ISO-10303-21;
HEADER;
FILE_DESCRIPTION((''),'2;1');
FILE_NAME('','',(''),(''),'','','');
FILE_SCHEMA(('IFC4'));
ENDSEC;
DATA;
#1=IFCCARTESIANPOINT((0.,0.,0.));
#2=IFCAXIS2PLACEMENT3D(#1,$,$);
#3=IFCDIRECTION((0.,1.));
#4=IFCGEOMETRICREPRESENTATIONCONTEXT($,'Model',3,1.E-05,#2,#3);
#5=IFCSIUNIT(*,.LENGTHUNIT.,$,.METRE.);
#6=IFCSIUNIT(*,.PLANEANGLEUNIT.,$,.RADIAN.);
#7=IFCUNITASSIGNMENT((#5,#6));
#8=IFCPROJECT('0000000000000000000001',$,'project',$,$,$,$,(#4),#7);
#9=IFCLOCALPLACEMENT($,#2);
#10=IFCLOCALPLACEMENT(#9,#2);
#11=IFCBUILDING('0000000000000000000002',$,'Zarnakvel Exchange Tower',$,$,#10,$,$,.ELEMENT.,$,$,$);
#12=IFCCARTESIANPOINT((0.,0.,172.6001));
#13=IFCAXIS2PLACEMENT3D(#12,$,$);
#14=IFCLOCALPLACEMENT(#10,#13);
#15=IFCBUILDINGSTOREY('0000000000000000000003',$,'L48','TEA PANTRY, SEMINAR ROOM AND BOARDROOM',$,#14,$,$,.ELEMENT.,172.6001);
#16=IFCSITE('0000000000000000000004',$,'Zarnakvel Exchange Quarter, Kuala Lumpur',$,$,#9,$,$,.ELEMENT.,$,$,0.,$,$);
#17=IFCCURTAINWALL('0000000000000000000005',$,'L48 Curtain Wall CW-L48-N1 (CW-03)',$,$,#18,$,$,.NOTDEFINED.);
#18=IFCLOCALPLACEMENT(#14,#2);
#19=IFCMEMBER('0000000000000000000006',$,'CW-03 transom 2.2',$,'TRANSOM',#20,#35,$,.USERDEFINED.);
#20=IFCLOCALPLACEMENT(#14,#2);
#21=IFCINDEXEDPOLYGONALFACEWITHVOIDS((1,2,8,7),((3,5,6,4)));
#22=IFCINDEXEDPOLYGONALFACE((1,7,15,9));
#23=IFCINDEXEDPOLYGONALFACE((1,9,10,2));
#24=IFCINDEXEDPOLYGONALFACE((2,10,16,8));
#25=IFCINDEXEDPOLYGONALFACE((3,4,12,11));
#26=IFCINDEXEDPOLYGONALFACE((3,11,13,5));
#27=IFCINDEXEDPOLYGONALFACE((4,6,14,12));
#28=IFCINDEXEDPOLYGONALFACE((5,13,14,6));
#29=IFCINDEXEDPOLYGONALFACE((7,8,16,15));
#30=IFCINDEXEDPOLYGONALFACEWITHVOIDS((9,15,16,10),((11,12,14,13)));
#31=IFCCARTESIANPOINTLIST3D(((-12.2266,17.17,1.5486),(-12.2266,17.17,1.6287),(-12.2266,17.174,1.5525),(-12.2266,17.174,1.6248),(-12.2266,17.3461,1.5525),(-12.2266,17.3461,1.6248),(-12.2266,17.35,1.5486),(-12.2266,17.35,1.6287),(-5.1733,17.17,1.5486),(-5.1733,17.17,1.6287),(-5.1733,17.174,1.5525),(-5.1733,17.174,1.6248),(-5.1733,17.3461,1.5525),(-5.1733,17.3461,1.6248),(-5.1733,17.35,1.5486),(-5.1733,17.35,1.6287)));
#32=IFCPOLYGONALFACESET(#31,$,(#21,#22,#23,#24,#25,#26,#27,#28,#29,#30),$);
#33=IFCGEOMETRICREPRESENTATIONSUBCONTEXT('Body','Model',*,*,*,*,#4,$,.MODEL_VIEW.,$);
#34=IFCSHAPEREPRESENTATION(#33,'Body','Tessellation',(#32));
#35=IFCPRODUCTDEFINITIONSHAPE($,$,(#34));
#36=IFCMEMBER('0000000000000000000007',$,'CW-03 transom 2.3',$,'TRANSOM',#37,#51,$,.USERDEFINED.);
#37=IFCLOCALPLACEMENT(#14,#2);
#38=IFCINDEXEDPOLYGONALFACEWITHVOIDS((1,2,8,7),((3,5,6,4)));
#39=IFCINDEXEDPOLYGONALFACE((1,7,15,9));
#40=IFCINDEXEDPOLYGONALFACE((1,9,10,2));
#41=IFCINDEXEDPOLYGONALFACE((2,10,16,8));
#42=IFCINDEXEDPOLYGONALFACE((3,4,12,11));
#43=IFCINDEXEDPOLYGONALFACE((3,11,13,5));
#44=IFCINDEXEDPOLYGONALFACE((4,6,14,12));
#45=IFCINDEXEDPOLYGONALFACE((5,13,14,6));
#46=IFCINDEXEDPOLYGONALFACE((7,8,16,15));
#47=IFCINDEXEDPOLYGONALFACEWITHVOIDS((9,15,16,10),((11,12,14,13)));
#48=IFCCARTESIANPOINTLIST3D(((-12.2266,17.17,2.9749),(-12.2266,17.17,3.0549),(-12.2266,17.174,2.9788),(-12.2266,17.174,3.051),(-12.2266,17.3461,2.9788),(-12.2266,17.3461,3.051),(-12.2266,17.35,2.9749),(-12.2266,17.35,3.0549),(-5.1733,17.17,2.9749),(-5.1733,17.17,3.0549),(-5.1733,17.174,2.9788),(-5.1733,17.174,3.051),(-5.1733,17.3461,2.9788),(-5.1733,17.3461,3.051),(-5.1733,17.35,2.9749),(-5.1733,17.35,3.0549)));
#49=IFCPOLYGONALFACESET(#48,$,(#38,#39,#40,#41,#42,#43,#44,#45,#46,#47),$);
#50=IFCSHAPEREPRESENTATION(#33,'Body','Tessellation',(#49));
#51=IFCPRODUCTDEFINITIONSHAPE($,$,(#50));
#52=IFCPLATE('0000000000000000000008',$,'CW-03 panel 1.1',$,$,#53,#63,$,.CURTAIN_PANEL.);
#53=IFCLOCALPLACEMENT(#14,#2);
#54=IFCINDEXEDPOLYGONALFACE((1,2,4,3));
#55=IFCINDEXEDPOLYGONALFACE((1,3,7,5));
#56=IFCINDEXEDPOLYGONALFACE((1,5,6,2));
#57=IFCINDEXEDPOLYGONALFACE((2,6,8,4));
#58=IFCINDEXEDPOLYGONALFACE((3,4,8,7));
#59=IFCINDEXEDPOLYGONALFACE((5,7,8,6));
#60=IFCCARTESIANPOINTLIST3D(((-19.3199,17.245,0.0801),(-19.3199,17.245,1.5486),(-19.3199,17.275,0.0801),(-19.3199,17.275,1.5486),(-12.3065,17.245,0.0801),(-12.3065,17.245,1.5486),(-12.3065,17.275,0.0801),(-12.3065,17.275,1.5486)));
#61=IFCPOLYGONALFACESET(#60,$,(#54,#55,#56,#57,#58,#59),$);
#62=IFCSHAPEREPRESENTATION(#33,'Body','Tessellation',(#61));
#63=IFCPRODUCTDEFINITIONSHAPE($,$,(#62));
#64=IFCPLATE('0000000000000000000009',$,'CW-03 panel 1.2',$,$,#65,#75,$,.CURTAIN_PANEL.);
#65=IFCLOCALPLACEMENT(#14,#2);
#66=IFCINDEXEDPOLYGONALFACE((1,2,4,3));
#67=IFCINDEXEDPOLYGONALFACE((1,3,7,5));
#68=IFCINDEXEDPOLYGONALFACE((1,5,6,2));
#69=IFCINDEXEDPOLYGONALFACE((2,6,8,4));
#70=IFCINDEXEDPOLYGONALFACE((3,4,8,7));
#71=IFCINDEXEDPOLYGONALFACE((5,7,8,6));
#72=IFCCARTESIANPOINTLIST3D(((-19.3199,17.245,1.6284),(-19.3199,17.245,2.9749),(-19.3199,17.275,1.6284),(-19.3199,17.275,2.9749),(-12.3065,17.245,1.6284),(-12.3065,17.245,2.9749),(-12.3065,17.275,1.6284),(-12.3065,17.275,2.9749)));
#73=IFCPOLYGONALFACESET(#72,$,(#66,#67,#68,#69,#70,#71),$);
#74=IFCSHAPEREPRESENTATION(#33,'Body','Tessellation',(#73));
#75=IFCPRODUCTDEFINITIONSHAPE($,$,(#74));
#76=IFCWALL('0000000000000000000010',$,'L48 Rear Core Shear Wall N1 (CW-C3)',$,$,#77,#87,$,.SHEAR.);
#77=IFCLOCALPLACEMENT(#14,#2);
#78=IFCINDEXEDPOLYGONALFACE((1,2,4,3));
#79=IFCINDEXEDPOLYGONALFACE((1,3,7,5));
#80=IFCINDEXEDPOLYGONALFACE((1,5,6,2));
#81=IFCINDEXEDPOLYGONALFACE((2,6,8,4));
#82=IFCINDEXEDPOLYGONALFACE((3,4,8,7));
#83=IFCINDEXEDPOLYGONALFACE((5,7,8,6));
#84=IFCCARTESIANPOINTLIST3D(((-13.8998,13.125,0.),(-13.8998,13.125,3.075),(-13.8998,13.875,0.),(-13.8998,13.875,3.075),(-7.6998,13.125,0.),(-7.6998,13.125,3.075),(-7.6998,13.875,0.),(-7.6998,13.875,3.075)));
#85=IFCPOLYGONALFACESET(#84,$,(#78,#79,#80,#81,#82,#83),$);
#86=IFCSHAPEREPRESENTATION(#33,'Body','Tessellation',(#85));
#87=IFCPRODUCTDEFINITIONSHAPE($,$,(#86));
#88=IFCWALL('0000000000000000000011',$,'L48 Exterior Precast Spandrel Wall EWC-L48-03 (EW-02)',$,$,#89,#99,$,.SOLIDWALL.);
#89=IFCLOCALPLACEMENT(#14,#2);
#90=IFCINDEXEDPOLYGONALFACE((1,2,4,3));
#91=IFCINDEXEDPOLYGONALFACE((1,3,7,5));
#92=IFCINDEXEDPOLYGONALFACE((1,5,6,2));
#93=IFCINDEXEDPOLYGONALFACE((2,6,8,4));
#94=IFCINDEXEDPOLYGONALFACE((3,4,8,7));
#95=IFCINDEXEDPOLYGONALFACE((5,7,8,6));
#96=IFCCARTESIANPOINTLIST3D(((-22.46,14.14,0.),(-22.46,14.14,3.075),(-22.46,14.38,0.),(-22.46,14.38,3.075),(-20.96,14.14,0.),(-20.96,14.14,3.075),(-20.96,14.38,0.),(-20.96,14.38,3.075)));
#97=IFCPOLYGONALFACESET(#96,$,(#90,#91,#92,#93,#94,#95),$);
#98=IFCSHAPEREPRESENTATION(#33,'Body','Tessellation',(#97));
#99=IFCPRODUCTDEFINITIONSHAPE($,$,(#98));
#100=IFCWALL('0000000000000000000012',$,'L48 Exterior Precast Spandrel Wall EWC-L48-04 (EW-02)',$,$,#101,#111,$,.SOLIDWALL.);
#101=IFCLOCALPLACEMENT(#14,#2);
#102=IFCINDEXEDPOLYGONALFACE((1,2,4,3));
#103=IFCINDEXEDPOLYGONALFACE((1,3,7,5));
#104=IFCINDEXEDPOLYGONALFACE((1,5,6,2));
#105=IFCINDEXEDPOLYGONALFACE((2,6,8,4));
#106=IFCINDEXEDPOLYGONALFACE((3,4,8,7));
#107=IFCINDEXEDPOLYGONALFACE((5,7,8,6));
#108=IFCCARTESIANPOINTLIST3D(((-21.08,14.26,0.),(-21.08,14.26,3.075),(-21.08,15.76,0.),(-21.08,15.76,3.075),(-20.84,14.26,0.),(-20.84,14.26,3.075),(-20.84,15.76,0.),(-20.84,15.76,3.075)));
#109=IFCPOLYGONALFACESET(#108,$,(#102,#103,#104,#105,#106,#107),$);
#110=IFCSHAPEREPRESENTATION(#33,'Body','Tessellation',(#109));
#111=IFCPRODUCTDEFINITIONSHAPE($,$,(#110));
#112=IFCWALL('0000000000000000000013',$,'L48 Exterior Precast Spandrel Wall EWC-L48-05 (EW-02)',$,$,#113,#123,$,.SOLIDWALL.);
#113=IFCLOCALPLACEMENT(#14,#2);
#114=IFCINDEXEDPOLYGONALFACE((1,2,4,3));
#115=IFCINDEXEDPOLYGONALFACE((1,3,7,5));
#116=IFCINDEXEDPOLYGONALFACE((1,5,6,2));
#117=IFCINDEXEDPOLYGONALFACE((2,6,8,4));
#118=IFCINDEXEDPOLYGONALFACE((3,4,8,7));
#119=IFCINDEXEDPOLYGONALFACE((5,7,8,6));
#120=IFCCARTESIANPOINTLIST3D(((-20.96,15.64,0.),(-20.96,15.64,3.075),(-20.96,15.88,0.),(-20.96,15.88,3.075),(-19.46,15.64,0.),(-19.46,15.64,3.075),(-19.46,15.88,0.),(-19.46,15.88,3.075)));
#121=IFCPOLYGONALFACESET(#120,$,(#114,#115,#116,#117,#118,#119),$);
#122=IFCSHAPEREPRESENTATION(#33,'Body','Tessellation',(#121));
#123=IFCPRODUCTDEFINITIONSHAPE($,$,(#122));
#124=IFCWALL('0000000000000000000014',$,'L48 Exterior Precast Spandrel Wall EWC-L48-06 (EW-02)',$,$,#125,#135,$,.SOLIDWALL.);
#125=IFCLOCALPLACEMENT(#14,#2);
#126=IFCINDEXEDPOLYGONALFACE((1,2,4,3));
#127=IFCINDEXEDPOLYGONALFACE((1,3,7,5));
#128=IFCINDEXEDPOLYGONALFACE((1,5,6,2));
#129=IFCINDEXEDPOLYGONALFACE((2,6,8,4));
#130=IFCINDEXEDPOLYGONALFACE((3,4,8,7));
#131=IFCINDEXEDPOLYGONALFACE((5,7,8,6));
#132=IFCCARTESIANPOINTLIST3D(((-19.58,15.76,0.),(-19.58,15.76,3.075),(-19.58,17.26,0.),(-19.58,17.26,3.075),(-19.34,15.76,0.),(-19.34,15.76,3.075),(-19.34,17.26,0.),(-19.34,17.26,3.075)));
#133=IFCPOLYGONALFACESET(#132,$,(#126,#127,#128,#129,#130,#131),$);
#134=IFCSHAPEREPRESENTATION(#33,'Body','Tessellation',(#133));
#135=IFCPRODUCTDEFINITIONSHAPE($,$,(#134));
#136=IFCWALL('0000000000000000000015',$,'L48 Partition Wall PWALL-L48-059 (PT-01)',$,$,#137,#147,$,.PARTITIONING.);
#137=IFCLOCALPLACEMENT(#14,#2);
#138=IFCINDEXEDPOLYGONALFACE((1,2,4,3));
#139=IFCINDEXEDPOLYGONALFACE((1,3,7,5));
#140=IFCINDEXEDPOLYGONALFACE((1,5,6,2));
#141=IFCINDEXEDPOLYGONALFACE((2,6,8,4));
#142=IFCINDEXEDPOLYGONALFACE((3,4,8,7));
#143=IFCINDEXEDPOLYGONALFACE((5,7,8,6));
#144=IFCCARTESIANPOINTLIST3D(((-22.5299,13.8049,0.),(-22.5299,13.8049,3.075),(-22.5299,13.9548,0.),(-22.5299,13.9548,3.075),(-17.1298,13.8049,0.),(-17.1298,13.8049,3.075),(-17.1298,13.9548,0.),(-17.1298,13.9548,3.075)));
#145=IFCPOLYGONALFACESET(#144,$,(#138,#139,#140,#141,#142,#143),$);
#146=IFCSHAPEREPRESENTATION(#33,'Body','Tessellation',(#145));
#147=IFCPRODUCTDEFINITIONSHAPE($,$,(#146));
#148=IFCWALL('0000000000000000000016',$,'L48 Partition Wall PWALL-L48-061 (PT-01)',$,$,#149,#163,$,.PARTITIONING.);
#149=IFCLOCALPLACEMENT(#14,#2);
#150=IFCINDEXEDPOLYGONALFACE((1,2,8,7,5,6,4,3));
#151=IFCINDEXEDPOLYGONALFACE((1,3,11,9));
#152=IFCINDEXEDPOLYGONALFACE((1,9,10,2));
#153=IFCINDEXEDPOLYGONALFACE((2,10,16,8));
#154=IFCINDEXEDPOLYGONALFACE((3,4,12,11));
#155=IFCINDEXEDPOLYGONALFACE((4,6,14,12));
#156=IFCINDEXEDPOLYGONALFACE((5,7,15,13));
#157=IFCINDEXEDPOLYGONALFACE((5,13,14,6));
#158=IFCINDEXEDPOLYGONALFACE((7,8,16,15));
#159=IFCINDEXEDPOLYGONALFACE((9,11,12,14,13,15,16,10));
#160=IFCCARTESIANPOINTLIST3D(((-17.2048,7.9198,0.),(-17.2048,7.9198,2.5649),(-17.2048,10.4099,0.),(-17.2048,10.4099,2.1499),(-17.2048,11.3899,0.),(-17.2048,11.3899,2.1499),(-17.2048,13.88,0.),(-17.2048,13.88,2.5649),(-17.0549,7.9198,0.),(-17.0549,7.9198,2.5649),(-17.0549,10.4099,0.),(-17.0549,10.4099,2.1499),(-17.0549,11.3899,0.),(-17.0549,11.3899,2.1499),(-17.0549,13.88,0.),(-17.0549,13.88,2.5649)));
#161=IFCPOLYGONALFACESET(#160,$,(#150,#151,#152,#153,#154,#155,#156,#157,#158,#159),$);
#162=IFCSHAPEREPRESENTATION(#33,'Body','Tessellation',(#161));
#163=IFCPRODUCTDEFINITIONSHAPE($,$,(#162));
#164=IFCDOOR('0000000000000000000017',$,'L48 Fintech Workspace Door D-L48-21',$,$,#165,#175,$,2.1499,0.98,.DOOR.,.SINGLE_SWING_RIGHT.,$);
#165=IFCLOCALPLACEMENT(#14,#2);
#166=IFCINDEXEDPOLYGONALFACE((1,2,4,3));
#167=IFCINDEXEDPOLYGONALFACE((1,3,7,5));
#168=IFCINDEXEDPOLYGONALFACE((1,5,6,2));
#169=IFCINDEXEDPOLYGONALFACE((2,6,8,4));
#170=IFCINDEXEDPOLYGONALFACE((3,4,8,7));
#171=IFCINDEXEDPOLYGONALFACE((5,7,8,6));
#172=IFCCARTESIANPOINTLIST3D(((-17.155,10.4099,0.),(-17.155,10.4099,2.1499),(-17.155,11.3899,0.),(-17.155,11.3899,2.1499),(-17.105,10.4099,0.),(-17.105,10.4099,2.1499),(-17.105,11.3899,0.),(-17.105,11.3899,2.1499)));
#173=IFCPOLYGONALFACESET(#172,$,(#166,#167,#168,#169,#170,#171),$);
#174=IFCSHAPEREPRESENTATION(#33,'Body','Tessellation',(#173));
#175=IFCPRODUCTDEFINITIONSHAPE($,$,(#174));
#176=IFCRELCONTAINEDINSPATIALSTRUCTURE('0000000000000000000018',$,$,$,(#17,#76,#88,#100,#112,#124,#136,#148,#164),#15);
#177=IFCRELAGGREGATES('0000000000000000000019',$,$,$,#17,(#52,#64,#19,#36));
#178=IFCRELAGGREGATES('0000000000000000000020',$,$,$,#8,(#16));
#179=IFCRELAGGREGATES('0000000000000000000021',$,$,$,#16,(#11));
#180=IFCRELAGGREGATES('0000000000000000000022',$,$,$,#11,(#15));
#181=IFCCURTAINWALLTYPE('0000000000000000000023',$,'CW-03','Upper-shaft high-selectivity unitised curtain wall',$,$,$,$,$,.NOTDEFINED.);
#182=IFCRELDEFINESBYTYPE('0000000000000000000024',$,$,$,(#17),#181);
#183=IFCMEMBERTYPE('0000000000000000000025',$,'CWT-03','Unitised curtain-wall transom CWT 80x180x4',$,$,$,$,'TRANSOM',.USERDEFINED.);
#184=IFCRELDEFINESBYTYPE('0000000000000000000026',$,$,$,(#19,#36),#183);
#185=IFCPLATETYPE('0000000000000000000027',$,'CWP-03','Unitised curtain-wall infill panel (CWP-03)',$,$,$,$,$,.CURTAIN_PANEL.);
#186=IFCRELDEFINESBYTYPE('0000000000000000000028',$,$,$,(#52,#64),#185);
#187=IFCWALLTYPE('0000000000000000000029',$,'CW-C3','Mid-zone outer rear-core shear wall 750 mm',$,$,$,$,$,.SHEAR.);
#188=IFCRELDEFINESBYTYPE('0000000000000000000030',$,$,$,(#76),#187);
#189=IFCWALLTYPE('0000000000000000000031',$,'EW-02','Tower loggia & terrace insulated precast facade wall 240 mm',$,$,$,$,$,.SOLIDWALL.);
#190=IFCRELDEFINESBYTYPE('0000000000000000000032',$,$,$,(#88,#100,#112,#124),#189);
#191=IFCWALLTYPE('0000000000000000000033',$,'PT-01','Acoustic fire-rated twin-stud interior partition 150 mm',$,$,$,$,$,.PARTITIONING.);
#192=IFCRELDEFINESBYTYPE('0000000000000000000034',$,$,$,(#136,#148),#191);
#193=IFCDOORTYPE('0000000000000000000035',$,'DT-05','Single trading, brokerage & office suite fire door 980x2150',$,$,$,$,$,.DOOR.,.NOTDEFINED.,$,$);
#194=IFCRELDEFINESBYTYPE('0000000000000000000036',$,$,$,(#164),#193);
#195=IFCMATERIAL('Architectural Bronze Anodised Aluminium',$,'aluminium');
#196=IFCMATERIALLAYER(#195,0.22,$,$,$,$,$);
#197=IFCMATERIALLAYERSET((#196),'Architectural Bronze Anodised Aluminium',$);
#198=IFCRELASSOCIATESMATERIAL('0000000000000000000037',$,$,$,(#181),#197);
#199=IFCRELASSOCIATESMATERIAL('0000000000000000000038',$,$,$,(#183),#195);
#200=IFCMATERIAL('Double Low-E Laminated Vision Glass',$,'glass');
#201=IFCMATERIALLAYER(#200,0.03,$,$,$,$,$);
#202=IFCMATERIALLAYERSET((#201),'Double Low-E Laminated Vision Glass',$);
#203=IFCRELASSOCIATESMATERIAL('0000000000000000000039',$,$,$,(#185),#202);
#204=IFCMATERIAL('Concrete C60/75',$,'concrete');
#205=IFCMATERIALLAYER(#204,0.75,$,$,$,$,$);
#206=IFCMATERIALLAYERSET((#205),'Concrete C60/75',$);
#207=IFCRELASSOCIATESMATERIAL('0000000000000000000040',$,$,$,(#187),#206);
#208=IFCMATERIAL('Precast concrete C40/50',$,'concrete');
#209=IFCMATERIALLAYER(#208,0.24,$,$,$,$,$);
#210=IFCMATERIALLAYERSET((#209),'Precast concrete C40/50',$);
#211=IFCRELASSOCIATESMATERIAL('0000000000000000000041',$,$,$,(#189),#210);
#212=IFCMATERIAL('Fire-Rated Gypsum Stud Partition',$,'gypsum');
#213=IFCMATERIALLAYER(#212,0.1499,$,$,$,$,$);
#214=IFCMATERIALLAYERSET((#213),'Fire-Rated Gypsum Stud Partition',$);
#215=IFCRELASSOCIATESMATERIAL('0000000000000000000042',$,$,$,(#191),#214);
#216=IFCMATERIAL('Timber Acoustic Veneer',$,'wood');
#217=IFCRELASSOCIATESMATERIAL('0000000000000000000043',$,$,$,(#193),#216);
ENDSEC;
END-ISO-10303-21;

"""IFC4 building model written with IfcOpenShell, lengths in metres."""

from ifc_helpers import new_model, si_unit, direction, frame, frame_2d, origin, origin_2d, place, context, subcontext, project, spatial, rectangle, hollow_rectangle, extrude, source, transform, mapped, material, layer, layer_set, material_profile, profile_set, type_object, element, fill, aggregate, save


model = new_model("IFC4")

# Units and contexts
model_context = context("Model", 3, precision=1e-05, world=origin(), true_north=direction((0.0, 1.0)))
body_context = subcontext(model_context, "Body", "Model", "MODEL_VIEW")
ifc_project = project(units=[si_unit("LENGTHUNIT", "METRE"), si_unit("PLANEANGLEUNIT", "RADIAN")], contexts=[model_context])

# Site, building, storey
site_placement = place(None, origin())
site = spatial("IfcSite", under=ifc_project, at=site_placement, Name="Zarnakvel Exchange Quarter, Kuala Lumpur", CompositionType="ELEMENT", RefElevation=0.0)
building_placement = place(site_placement, origin())
building = spatial("IfcBuilding", under=site, at=building_placement, Name="Zarnakvel Exchange Tower", CompositionType="ELEMENT")
storey_placement = place(building_placement, frame((0.0, 0.0, 172.6001)))
storey = spatial("IfcBuildingStorey", under=building, at=storey_placement, Name="L48", Description="TEA PANTRY, SEMINAR ROOM AND BOARDROOM", CompositionType="ELEMENT", Elevation=172.6001)

# Shared definitions
ifc_material_1 = material(Name="Concrete C60/75", Category="concrete")

# Shared definitions
ifc_material_2 = material(Name="Architectural Bronze Anodised Aluminium", Category="aluminium")

# Curtain wall, members, plates
ifc_layer_1 = layer(ifc_material_2, 0.22)
ifc_layer_set_1 = layer_set([ifc_layer_1], Name="Architectural Bronze Anodised Aluminium")
curtain_wall_type_1 = type_object("IfcCurtainWallType", Name="CW-03", Description="Upper-shaft high-selectivity unitised curtain wall", PredefinedType="NOTDEFINED", material=ifc_layer_set_1)
curtain_wall_1_placement = place(storey_placement, origin())
curtain_wall_1 = element("IfcCurtainWall", 1, at=curtain_wall_1_placement, inside=storey, type_object=curtain_wall_type_1, Name="L48 Curtain Wall CW-L48-N1 (CW-03)", PredefinedType="NOTDEFINED")
ifc_material_profile_1 = material_profile(ifc_material_2, hollow_rectangle(XDim=0.1799, YDim=0.0801, WallThickness=0.0039, at=origin_2d()))
ifc_profile_set_1 = profile_set([ifc_material_profile_1], Name="Architectural Bronze Anodised Aluminium")
member_type_1 = type_object("IfcMemberType", Name="CWT-03", Description="Unitised curtain-wall transom CWT 80x180x4", ElementType="TRANSOM", PredefinedType="USERDEFINED", material=ifc_profile_set_1)
shared_shape_1 = source(origin(), body_context, "Body", "SweptSolid", [
    extrude(hollow_rectangle(XDim=0.1799, YDim=0.0801, WallThickness=0.0039, at=origin_2d()), origin(), (0.0, 0.0, 1.0), 7.0532),
])
member_1_placement = place(storey_placement, frame((-12.2266, 17.26, 1.5886), z_axis=(1.0, 0.0, 0.0), x_axis=(0.0, 1.0, 0.0)))
member_1 = element("IfcMember", 2, at=member_1_placement, type_object=member_type_1, Name="CW-03 transom 2.2", ObjectType="TRANSOM", PredefinedType="USERDEFINED", context=body_context, shape_type="MappedRepresentation", body=[
    mapped(shared_shape_1, transform((0.0, 0.0, 0.0), x_axis=(1.0, 0.0, 0.0), y_axis=(0.0, 1.0, 0.0), z_axis=(0.0, 0.0, 1.0), scale=1.0)),
])
member_2_placement = place(storey_placement, frame((-12.2266, 17.26, 3.0149), z_axis=(1.0, 0.0, 0.0), x_axis=(0.0, 1.0, 0.0)))
member_2 = element("IfcMember", 3, at=member_2_placement, type_object=member_type_1, Name="CW-03 transom 2.3", ObjectType="TRANSOM", PredefinedType="USERDEFINED", context=body_context, shape_type="MappedRepresentation", body=[
    mapped(shared_shape_1, transform((0.0, 0.0, 0.0), x_axis=(1.0, 0.0, 0.0), y_axis=(0.0, 1.0, 0.0), z_axis=(0.0, 0.0, 1.0), scale=1.0)),
])
ifc_material_3 = material(Name="Double Low-E Laminated Vision Glass", Category="glass")
ifc_layer_2 = layer(ifc_material_3, 0.03)
ifc_layer_set_2 = layer_set([ifc_layer_2], Name="Double Low-E Laminated Vision Glass")
plate_type = type_object("IfcPlateType", Name="CWP-03", Description="Unitised curtain-wall infill panel (CWP-03)", PredefinedType="CURTAIN_PANEL", material=ifc_layer_set_2)
shared_shape_2 = source(origin(), body_context, "Body", "SweptSolid", [
    extrude(rectangle(XDim=7.0134, YDim=0.03, at=origin_2d()), origin(), (0.0, 0.0, 1.0), 1.4685),
])
plate_1_placement = place(storey_placement, frame((-15.8132, 17.26, 0.0801), z_axis=(0.0, 0.0, 1.0), x_axis=(1.0, 0.0, 0.0)))
plate_1 = element("IfcPlate", 4, at=plate_1_placement, type_object=plate_type, Name="CW-03 panel 1.1", PredefinedType="CURTAIN_PANEL", context=body_context, shape_type="MappedRepresentation", body=[
    mapped(shared_shape_2, transform((0.0, 0.0, 0.0), x_axis=(1.0, 0.0, 0.0), y_axis=(0.0, 1.0, 0.0), z_axis=(0.0, 0.0, 1.0), scale=1.0)),
])
shared_shape_3 = source(origin(), body_context, "Body", "SweptSolid", [
    extrude(rectangle(XDim=7.0134, YDim=0.03, at=origin_2d()), origin(), (0.0, 0.0, 1.0), 1.3464),
])
plate_2_placement = place(storey_placement, frame((-15.8132, 17.26, 1.6284), z_axis=(0.0, 0.0, 1.0), x_axis=(1.0, 0.0, 0.0)))
plate_2 = element("IfcPlate", 5, at=plate_2_placement, type_object=plate_type, Name="CW-03 panel 1.2", PredefinedType="CURTAIN_PANEL", context=body_context, shape_type="MappedRepresentation", body=[
    mapped(shared_shape_3, transform((0.0, 0.0, 0.0), x_axis=(1.0, 0.0, 0.0), y_axis=(0.0, 1.0, 0.0), z_axis=(0.0, 0.0, 1.0), scale=1.0)),
])
aggregate(curtain_wall_1, [plate_1, plate_2, member_1, member_2])

# Walls
ifc_layer_3 = layer(ifc_material_1, 0.75)
ifc_layer_set_3 = layer_set([ifc_layer_3], Name="Concrete C60/75")
wall_type_1 = type_object("IfcWallType", Name="CW-C3", Description="Mid-zone outer rear-core shear wall 750 mm", PredefinedType="SHEAR", material=ifc_layer_set_3)
wall_1_placement = place(storey_placement, frame((-13.8999, 13.5, 0.0), z_axis=(0.0, 0.0, 1.0), x_axis=(1.0, 0.0, 0.0)))
element("IfcWall", 6, at=wall_1_placement, inside=storey, type_object=wall_type_1, Name="L48 Rear Core Shear Wall N1 (CW-C3)", PredefinedType="SHEAR", context=body_context, shape_type="SweptSolid", body=[
    extrude(rectangle(XDim=6.2, YDim=0.75, at=frame_2d((3.1001, 0.0))), origin(), (0.0, 0.0, 1.0), 3.075),
])
ifc_material_4 = material(Name="Precast concrete C40/50", Category="concrete")
ifc_layer_4 = layer(ifc_material_4, 0.24)
ifc_layer_set_4 = layer_set([ifc_layer_4], Name="Precast concrete C40/50")
wall_type_2 = type_object("IfcWallType", Name="EW-02", Description="Tower loggia & terrace insulated precast facade wall 240 mm", PredefinedType="SOLIDWALL", material=ifc_layer_set_4)
for number, where, z_axis, x_axis, name in (
    (7, (-20.96, 14.26, 0.0), (0.0, 0.0, 1.0), (-1.0, 0.0, 0.0), "L48 Exterior Precast Spandrel Wall EWC-L48-03 (EW-02)"),
    (8, (-20.96, 15.76, 0.0), (0.0, 0.0, 1.0), (0.0, -1.0, 0.0), "L48 Exterior Precast Spandrel Wall EWC-L48-04 (EW-02)"),
    (9, (-19.46, 15.76, 0.0), (0.0, 0.0, 1.0), (-1.0, 0.0, 0.0), "L48 Exterior Precast Spandrel Wall EWC-L48-05 (EW-02)"),
    (10, (-19.46, 17.26, 0.0), (0.0, 0.0, 1.0), (0.0, -1.0, 0.0), "L48 Exterior Precast Spandrel Wall EWC-L48-06 (EW-02)"),
):
    element("IfcWall", number, at=place(storey_placement, frame(where, z_axis=z_axis, x_axis=x_axis)), inside=storey, type_object=wall_type_2, Name=name, PredefinedType="SOLIDWALL", context=body_context, shape_type="SweptSolid", body=[
        extrude(rectangle(XDim=1.5, YDim=0.24, at=frame_2d((0.75, 0.0))), origin(), (0.0, 0.0, 1.0), 3.075),
    ])
ifc_material_5 = material(Name="Fire-Rated Gypsum Stud Partition", Category="gypsum")
ifc_layer_5 = layer(ifc_material_5, 0.1499)
ifc_layer_set_5 = layer_set([ifc_layer_5], Name="Fire-Rated Gypsum Stud Partition")
wall_type_3 = type_object("IfcWallType", Name="PT-01", Description="Acoustic fire-rated twin-stud interior partition 150 mm", PredefinedType="PARTITIONING", material=ifc_layer_set_5)
wall_2_placement = place(storey_placement, frame((-22.53, 13.8799, 0.0), z_axis=(0.0, 0.0, 1.0), x_axis=(1.0, 0.0, 0.0)))
element("IfcWall", 11, at=wall_2_placement, inside=storey, type_object=wall_type_3, Name="L48 Partition Wall PWALL-L48-059 (PT-01)", PredefinedType="PARTITIONING", context=body_context, shape_type="SweptSolid", body=[
    extrude(rectangle(XDim=5.4001, YDim=0.1499, at=frame_2d((2.7002, 0.0))), origin(), (0.0, 0.0, 1.0), 3.075),
])

# Wall, opening, door
wall_3_placement = place(storey_placement, frame((-17.1299, 13.8799, 0.0), z_axis=(0.0, 0.0, 1.0), x_axis=(0.0, -1.0, 0.0)))
wall_3 = element("IfcWall", 12, at=wall_3_placement, inside=storey, type_object=wall_type_3, Name="L48 Partition Wall PWALL-L48-061 (PT-01)", PredefinedType="PARTITIONING", context=body_context, shape_type="SweptSolid", body=[
    extrude(rectangle(XDim=5.9602, YDim=0.1499, at=frame_2d((2.98, 0.0))), origin(), (0.0, 0.0, 1.0), 2.5649),
])
opening_placement = place(wall_3_placement, frame((2.49, 0.0, 0.0)))
opening = element("IfcOpeningElement", 13, at=opening_placement, cuts=wall_3, PredefinedType="OPENING", context=body_context, shape_type="SweptSolid", body=[
    extrude(rectangle(XDim=0.98, YDim=2.1499, at=frame_2d((0.49, 1.075))), frame((0.0, 0.085, 0.0), z_axis=(0.0, -1.0, 0.0), x_axis=(1.0, 0.0, 0.0)), (0.0, 0.0, 1.0), 0.1699),
])
ifc_material_6 = material(Name="Timber Acoustic Veneer", Category="wood")
door_type = type_object("IfcDoorType", Name="DT-05", Description="Single trading, brokerage & office suite fire door 980x2150", OperationType="NOTDEFINED", PredefinedType="DOOR", material=ifc_material_6)
shared_shape_4 = source(origin(), body_context, "Body", "SweptSolid", [
    extrude(rectangle(XDim=0.98, YDim=2.1499, at=frame_2d((0.49, 1.075))), frame((0.0, 0.0249, 0.0), z_axis=(0.0, -1.0, 0.0), x_axis=(1.0, 0.0, 0.0)), (0.0, 0.0, 1.0), 0.05),
])
door_placement = place(opening_placement, origin())
door = element("IfcDoor", 14, at=door_placement, inside=storey, type_object=door_type, Name="L48 Fintech Workspace Door D-L48-21", OperationType="SINGLE_SWING_RIGHT", OverallHeight=2.1499, OverallWidth=0.98, PredefinedType="DOOR", context=body_context, shape_type="MappedRepresentation", body=[
    mapped(shared_shape_4, transform((0.0, 0.0, 0.0), x_axis=(1.0, 0.0, 0.0), y_axis=(0.0, 1.0, 0.0), z_axis=(0.0, 0.0, 1.0), scale=1.0)),
])
fill(opening, door)

save(model, "model.ifc")
